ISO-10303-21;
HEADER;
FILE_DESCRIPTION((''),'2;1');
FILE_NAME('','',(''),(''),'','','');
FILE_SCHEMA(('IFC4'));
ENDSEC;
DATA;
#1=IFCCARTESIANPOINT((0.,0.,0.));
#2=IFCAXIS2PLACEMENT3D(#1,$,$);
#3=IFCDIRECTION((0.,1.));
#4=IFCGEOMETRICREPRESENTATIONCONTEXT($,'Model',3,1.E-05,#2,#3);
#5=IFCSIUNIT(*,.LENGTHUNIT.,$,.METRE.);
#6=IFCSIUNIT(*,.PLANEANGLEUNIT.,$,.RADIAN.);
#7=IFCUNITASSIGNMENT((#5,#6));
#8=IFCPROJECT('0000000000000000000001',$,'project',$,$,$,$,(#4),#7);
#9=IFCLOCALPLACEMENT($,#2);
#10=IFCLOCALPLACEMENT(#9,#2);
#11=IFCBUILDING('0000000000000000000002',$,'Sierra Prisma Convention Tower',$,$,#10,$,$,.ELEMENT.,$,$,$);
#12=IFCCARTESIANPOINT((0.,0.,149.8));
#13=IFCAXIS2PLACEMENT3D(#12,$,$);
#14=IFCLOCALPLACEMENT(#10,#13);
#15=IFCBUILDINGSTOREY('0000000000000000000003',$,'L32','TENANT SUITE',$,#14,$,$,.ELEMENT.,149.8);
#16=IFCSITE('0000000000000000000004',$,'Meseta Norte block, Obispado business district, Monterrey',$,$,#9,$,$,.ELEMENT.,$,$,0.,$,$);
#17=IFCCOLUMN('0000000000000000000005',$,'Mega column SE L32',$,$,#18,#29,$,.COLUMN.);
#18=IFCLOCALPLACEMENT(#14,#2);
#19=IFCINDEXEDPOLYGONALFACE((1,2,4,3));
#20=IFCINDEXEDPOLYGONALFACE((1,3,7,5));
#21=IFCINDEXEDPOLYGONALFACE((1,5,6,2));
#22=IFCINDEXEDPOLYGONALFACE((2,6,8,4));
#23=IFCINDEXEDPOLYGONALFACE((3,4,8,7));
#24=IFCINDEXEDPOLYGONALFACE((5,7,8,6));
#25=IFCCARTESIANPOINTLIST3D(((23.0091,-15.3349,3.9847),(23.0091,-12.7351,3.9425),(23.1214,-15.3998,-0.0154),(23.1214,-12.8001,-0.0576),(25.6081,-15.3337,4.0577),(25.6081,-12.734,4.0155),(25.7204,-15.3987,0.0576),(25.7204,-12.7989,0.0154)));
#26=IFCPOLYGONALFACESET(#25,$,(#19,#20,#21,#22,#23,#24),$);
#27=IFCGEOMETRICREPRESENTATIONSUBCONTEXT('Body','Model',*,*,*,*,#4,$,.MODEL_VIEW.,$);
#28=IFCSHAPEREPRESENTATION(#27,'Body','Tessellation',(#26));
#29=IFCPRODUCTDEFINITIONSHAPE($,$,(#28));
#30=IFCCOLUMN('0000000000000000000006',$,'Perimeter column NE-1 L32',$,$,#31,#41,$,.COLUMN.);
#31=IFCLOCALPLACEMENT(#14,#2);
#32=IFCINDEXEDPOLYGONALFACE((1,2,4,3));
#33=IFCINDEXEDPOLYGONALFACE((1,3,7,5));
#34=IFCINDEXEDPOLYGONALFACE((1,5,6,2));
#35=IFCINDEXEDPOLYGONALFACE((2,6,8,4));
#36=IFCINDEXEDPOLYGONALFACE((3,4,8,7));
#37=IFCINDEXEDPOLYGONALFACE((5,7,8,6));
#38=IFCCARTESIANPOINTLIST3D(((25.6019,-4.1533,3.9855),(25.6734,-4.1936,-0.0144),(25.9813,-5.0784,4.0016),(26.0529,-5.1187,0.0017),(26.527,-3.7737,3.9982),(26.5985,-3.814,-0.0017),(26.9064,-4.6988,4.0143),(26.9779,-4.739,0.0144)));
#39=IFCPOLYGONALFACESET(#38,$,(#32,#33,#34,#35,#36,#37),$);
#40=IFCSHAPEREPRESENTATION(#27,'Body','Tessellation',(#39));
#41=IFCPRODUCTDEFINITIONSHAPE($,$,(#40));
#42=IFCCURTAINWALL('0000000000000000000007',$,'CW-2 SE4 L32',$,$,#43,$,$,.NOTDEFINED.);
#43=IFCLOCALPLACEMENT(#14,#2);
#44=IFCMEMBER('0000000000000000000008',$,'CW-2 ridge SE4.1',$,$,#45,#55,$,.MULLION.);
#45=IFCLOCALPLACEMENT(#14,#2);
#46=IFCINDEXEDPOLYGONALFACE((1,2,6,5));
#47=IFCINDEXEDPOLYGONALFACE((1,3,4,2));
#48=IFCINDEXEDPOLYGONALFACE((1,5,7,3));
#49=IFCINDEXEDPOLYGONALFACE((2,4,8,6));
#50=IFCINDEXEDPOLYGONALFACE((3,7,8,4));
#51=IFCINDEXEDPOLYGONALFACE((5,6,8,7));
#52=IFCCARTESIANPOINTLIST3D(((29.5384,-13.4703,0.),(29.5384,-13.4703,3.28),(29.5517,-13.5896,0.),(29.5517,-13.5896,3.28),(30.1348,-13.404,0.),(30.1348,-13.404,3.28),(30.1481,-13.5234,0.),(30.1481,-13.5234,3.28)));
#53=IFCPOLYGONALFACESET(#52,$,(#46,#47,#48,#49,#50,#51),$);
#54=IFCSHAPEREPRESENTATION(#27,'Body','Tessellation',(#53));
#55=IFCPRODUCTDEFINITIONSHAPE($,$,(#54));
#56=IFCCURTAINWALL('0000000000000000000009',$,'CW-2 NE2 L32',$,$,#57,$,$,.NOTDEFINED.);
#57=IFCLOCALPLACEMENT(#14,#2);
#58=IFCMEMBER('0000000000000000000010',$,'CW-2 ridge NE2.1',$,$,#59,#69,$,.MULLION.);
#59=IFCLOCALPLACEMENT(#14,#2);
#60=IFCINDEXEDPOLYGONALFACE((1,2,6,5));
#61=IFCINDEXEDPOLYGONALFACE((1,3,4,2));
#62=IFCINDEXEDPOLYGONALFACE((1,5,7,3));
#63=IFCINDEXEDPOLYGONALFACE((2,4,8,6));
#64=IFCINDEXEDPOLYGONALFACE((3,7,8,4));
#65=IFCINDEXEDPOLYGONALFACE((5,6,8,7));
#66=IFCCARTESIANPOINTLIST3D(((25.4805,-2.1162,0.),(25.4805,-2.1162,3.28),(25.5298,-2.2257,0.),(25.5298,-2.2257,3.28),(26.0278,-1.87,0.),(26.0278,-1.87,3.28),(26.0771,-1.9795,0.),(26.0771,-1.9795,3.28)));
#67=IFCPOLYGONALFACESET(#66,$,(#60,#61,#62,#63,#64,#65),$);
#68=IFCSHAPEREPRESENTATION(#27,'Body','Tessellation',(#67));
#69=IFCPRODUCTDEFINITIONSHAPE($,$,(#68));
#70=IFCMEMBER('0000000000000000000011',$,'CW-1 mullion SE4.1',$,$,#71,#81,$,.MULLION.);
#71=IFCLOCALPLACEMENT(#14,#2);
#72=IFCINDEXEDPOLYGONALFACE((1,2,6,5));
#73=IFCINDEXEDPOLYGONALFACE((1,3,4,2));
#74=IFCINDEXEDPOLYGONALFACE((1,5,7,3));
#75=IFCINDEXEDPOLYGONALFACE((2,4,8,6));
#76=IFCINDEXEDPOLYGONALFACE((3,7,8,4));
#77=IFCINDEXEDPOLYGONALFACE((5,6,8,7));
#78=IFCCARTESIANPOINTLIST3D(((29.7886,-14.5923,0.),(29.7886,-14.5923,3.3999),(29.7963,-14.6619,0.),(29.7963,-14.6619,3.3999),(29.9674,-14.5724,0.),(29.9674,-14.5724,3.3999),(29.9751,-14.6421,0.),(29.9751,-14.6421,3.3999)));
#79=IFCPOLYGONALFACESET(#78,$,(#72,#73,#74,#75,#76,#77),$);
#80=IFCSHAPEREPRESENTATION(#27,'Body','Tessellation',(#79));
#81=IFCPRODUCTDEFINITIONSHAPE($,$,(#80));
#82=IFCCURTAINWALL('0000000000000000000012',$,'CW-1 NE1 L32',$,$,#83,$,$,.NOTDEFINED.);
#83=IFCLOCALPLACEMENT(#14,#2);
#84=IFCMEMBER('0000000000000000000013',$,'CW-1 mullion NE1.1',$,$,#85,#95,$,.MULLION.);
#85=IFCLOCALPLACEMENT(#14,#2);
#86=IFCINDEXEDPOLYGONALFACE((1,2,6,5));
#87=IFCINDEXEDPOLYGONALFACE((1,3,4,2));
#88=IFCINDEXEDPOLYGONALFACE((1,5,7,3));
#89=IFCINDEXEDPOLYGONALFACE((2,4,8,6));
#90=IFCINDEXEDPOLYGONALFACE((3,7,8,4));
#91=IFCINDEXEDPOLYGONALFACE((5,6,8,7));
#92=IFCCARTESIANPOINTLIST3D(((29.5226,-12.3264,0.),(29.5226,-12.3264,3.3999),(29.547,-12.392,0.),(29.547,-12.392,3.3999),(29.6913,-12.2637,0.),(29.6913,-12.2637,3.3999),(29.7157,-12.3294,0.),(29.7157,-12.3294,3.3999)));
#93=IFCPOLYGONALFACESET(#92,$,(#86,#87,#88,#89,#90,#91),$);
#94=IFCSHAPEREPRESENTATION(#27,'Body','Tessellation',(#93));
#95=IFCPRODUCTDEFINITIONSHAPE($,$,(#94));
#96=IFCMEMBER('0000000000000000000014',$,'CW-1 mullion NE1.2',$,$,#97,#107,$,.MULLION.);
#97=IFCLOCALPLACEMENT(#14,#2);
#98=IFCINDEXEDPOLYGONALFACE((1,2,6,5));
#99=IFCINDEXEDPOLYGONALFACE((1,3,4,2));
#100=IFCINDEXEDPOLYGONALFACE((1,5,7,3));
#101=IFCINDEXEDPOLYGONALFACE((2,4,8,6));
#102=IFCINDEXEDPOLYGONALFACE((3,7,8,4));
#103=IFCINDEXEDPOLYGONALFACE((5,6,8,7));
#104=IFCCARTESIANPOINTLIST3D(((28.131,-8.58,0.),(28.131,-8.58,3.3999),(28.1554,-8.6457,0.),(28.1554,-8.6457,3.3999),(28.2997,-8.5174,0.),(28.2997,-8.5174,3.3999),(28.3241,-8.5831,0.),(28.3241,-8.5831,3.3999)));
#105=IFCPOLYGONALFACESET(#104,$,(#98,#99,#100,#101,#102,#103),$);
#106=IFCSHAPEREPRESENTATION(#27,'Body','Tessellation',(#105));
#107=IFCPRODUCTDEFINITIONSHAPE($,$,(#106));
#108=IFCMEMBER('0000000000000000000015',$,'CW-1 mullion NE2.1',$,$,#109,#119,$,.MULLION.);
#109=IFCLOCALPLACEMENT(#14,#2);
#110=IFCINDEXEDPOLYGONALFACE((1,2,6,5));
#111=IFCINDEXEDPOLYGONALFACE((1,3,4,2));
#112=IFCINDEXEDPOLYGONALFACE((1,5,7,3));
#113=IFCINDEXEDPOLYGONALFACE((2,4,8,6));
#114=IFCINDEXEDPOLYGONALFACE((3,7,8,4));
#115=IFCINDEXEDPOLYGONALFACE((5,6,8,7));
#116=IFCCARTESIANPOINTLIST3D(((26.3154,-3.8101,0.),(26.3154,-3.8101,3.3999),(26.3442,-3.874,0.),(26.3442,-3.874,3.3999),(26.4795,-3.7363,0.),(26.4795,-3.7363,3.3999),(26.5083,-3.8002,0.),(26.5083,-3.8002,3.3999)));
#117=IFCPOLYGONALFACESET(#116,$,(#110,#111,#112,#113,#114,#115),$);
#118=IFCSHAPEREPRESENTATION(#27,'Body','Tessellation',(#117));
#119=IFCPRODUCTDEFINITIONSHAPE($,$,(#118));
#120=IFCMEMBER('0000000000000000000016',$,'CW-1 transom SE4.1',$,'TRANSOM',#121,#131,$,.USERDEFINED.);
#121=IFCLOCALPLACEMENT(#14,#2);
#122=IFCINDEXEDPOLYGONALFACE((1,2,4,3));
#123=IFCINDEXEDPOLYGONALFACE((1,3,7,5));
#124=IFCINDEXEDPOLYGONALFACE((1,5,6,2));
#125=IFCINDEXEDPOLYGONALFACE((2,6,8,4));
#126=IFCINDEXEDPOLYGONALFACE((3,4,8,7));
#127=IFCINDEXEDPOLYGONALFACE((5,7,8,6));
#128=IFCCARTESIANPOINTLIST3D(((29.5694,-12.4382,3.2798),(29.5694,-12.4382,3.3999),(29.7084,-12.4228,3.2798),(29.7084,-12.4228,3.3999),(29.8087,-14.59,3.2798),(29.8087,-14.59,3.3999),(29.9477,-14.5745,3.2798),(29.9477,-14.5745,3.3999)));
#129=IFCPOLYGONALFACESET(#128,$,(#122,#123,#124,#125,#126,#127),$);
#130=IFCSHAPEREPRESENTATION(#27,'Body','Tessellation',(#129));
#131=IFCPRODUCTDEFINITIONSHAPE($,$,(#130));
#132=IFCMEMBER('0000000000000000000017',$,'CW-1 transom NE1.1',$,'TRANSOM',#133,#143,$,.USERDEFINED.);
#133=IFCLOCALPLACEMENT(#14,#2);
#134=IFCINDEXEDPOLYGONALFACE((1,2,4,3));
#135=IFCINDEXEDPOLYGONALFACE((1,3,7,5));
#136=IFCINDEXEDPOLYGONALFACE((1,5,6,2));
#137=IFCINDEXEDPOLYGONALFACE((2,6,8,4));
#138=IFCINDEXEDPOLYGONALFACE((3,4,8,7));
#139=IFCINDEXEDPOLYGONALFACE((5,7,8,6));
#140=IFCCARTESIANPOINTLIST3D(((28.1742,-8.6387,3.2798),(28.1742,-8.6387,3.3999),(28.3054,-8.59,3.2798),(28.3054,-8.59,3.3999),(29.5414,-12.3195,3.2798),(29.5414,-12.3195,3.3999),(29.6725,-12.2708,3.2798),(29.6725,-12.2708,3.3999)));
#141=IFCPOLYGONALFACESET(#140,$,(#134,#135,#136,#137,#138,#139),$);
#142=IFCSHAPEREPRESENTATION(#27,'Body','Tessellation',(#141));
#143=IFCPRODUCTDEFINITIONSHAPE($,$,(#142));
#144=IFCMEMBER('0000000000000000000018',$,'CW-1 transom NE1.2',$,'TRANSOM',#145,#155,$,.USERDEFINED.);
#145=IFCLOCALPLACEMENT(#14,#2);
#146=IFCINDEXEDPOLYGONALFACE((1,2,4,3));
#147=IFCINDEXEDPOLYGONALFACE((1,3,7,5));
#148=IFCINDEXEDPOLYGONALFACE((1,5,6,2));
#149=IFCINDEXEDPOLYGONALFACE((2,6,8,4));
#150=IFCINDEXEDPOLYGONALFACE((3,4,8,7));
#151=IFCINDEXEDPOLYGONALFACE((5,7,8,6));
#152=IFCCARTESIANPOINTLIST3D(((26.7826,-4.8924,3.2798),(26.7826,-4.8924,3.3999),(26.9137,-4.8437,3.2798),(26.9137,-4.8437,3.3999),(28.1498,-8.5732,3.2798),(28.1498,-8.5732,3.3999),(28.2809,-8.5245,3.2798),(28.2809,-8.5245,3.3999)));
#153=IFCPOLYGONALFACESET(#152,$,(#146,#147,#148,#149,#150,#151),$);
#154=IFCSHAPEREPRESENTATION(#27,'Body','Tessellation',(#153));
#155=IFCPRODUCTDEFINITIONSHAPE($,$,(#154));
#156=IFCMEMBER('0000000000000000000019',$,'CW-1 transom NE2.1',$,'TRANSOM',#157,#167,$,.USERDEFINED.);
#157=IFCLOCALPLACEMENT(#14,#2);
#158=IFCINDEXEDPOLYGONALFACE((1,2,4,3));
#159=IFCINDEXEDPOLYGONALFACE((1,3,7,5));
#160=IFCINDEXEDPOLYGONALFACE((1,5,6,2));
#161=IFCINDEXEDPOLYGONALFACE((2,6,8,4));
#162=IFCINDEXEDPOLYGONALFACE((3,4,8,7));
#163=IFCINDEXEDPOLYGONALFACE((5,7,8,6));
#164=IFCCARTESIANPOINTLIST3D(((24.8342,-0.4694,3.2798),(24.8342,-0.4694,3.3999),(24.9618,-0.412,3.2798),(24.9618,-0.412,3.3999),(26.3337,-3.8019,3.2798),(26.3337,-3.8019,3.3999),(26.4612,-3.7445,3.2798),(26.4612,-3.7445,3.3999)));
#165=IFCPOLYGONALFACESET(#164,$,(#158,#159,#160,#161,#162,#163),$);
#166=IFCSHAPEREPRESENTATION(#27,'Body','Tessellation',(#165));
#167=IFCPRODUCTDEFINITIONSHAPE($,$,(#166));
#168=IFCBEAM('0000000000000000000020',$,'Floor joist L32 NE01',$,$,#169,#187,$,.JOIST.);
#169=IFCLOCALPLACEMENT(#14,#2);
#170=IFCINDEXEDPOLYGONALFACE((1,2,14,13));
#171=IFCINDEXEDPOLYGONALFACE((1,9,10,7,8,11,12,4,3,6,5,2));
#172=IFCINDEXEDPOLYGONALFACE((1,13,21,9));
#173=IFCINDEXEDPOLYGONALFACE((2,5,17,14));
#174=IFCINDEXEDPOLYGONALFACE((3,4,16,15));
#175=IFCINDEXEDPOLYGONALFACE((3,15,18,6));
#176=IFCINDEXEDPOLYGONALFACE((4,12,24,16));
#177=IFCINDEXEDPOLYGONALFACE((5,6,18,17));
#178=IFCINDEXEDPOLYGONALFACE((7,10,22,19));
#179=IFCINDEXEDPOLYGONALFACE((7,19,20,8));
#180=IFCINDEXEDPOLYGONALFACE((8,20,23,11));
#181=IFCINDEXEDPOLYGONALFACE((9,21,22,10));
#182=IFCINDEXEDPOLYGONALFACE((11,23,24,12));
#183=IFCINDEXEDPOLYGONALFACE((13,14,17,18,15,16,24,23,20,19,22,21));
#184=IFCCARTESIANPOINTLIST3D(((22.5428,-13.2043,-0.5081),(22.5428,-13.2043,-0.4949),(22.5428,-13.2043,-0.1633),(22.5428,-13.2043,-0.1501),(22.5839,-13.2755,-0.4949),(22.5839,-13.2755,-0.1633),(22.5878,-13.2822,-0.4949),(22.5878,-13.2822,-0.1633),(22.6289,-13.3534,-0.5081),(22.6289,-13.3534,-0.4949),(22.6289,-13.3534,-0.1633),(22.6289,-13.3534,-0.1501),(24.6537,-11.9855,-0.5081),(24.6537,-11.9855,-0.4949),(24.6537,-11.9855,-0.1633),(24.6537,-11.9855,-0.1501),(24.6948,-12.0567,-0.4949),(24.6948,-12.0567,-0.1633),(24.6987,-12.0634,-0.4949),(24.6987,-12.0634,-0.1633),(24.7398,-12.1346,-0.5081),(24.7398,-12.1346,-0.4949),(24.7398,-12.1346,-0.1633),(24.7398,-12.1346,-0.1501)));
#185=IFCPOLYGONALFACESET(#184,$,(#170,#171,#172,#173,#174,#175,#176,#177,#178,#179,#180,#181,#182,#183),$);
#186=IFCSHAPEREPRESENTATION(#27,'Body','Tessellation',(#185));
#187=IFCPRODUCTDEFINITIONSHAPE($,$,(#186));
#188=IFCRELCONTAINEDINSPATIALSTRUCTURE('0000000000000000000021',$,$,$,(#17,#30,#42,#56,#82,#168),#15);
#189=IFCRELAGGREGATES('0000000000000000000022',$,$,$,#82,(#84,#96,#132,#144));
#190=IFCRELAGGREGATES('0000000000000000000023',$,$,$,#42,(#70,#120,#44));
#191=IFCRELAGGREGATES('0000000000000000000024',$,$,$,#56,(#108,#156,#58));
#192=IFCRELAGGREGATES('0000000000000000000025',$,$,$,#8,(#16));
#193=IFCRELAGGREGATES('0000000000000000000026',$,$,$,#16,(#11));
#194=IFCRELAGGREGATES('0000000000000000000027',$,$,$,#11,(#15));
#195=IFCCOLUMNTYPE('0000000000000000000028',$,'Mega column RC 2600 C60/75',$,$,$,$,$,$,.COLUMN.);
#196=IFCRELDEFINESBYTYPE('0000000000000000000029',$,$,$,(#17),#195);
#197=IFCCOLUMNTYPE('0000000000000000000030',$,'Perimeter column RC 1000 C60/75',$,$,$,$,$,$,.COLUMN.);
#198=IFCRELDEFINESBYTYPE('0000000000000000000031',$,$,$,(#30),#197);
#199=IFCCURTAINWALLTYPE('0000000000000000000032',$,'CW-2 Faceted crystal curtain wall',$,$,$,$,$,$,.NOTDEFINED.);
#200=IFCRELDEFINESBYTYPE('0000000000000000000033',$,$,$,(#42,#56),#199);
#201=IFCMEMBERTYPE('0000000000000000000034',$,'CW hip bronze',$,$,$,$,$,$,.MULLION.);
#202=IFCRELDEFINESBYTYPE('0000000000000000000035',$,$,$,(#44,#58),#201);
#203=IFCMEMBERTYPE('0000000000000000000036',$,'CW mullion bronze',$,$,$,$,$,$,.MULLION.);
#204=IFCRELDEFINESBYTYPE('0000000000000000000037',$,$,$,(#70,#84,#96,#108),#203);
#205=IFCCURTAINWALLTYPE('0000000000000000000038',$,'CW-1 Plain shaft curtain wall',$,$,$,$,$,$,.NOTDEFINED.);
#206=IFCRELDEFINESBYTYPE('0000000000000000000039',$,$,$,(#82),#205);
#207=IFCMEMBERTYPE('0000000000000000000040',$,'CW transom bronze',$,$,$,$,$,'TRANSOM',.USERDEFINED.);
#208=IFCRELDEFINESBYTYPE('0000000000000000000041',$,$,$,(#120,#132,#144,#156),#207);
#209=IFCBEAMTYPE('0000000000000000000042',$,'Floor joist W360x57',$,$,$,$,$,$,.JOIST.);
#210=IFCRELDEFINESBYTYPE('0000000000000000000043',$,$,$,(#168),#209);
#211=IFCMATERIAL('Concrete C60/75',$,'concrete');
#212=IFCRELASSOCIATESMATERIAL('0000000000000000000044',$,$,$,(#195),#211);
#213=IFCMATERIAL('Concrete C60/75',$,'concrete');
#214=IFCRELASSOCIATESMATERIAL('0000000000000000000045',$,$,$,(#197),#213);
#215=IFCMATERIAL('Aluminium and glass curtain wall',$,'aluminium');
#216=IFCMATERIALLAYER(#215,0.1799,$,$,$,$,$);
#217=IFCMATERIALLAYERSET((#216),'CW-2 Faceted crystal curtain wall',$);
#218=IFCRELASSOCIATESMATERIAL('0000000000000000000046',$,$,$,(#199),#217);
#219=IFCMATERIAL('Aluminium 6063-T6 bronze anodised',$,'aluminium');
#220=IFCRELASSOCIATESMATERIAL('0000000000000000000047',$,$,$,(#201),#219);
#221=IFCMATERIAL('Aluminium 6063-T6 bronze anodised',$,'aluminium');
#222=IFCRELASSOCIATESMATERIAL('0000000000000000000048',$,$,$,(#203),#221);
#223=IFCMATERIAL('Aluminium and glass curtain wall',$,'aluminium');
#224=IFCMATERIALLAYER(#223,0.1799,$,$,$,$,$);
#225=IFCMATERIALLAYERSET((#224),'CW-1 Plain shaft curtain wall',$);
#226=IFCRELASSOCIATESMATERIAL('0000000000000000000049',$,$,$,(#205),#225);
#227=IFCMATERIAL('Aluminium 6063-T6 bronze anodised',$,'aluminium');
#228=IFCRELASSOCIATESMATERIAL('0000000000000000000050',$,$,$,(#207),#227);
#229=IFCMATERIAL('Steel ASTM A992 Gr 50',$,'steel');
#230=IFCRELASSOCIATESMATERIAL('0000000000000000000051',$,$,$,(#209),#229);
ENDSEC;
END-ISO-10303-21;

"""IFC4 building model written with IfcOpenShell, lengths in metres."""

from ifc_helpers import new_model, si_unit, direction, frame, origin, origin_2d, place, context, subcontext, project, spatial, rectangle, i_section, extrude, material, layer, layer_set, material_profile, profile_set, type_object, element, aggregate, save


model = new_model("IFC4")

# Units and contexts
model_context = context("Model", 3, precision=1e-05, world=origin(), true_north=direction((0.0, 1.0)))
body_context = subcontext(model_context, "Body", "Model", "MODEL_VIEW")
ifc_project = project(units=[si_unit("LENGTHUNIT", "METRE"), si_unit("PLANEANGLEUNIT", "RADIAN")], contexts=[model_context])

# Site, building, storey
site_placement = place(None, origin())
site = spatial("IfcSite", under=ifc_project, at=site_placement, Name="Meseta Norte block, Obispado business district, Monterrey", CompositionType="ELEMENT", RefElevation=0.0)
building_placement = place(site_placement, origin())
building = spatial("IfcBuilding", under=site, at=building_placement, Name="Sierra Prisma Convention Tower", CompositionType="ELEMENT")
storey_placement = place(building_placement, frame((0.0, 0.0, 149.8)))
storey = spatial("IfcBuildingStorey", under=building, at=storey_placement, Name="L32", Description="TENANT SUITE", CompositionType="ELEMENT", Elevation=149.8)

# Columns
ifc_material_1 = material(Name="Concrete C60/75", Category="concrete")
ifc_material_profile_1 = material_profile(ifc_material_1, rectangle(XDim=2.6001, YDim=2.6001, at=origin_2d()), Name="Mega column RC 2600 C60/75")
ifc_profile_set_1 = profile_set([ifc_material_profile_1], Name="Concrete C60/75")
column_type_1 = type_object("IfcColumnType", Name="Mega column RC 2600 C60/75", PredefinedType="COLUMN", material=ifc_profile_set_1)
column_1_placement = place(storey_placement, frame((24.4209, -14.0994, 0.0), z_axis=(-0.028061, 0.016227, 0.999474), x_axis=(0.999606, 0.000456, 0.028058)))
element("IfcColumn", 1, at=column_1_placement, inside=storey, type_object=column_type_1, Name="Mega column SE L32", PredefinedType="COLUMN", context=body_context, shape_type="SweptSolid", body=[
    extrude(rectangle(XDim=2.6001, YDim=2.6001, at=origin_2d()), origin(), (0.0, 0.0, 1.0), 4.0022),
])
ifc_material_2 = material(Name="Concrete C60/75", Category="concrete")
ifc_material_profile_2 = material_profile(ifc_material_2, rectangle(XDim=1.0, YDim=1.0, at=origin_2d()), Name="Perimeter column RC 1000 C60/75")
ifc_profile_set_2 = profile_set([ifc_material_profile_2], Name="Concrete C60/75")
column_type_2 = type_object("IfcColumnType", Name="Perimeter column RC 1000 C60/75", PredefinedType="COLUMN", material=ifc_profile_set_2)
column_2_placement = place(storey_placement, frame((26.3257, -4.4663, 0.0), z_axis=(-0.01788, 0.010069, 0.999789), x_axis=(-0.379426, 0.925082, -0.016102)))
element("IfcColumn", 2, at=column_2_placement, inside=storey, type_object=column_type_2, Name="Perimeter column NE-1 L32", PredefinedType="COLUMN", context=body_context, shape_type="SweptSolid", body=[
    extrude(rectangle(XDim=1.0, YDim=1.0, at=origin_2d()), origin(), (0.0, 0.0, 1.0), 4.0007),
])

# Curtain walls, members
ifc_material_3 = material(Name="Aluminium and glass curtain wall", Category="aluminium")
ifc_layer_1 = layer(ifc_material_3, 0.1799)
ifc_layer_set_1 = layer_set([ifc_layer_1], Name="CW-2 Faceted crystal curtain wall")
curtain_wall_type_1 = type_object("IfcCurtainWallType", Name="CW-2 Faceted crystal curtain wall", PredefinedType="NOTDEFINED", material=ifc_layer_set_1)
curtain_wall_1_placement = place(storey_placement, origin())
curtain_wall_1 = element("IfcCurtainWall", 3, at=curtain_wall_1_placement, inside=storey, type_object=curtain_wall_type_1, Name="CW-2 SE4 L32", PredefinedType="NOTDEFINED")
ifc_material_4 = material(Name="Aluminium 6063-T6 bronze anodised", Category="aluminium")
ifc_material_profile_3 = material_profile(ifc_material_4, rectangle(XDim=0.1201, YDim=0.6001, at=origin_2d()), Name="ALU RIDGE BLADE 120x600")
ifc_profile_set_3 = profile_set([ifc_material_profile_3], Name="Aluminium 6063-T6 bronze anodised")
member_type_1 = type_object("IfcMemberType", Name="CW hip bronze", PredefinedType="MULLION", material=ifc_profile_set_3)
member_1_placement = place(storey_placement, frame((29.8433, -13.4968, 0.0), z_axis=(0.0, 0.0, 1.0), x_axis=(-0.110422, 0.993885, 0.0)))
member_1 = element("IfcMember", 4, at=member_1_placement, type_object=member_type_1, Name="CW-2 ridge SE4.1", PredefinedType="MULLION", context=body_context, shape_type="SweptSolid", body=[
    extrude(rectangle(XDim=0.1201, YDim=0.6001, at=origin_2d()), origin(), (0.0, 0.0, 1.0), 3.28),
])
curtain_wall_2_placement = place(storey_placement, origin())
curtain_wall_2 = element("IfcCurtainWall", 5, at=curtain_wall_2_placement, inside=storey, type_object=curtain_wall_type_1, Name="CW-2 NE2 L32", PredefinedType="NOTDEFINED")
member_2_placement = place(storey_placement, frame((25.7788, -2.0479, 0.0), z_axis=(0.0, 0.0, 1.0), x_axis=(-0.410344, 0.911931, 0.0)))
member_2 = element("IfcMember", 6, at=member_2_placement, type_object=member_type_1, Name="CW-2 ridge NE2.1", PredefinedType="MULLION", context=body_context, shape_type="SweptSolid", body=[
    extrude(rectangle(XDim=0.1201, YDim=0.6001, at=origin_2d()), origin(), (0.0, 0.0, 1.0), 3.28),
])

# Member
ifc_material_5 = material(Name="Aluminium 6063-T6 bronze anodised", Category="aluminium")
ifc_material_profile_4 = material_profile(ifc_material_5, rectangle(XDim=0.1799, YDim=0.0701, at=origin_2d()), Name="ALU MULLION 70x180")
ifc_profile_set_4 = profile_set([ifc_material_profile_4], Name="Aluminium 6063-T6 bronze anodised")
member_type_2 = type_object("IfcMemberType", Name="CW mullion bronze", PredefinedType="MULLION", material=ifc_profile_set_4)
member_3_placement = place(storey_placement, frame((29.8818, -14.6172, 0.0), z_axis=(0.0, 0.0, 1.0), x_axis=(-0.993885, -0.110422, 0.0)))
member_3 = element("IfcMember", 7, at=member_3_placement, type_object=member_type_2, Name="CW-1 mullion SE4.1", PredefinedType="MULLION", context=body_context, shape_type="SweptSolid", body=[
    extrude(rectangle(XDim=0.1799, YDim=0.0701, at=origin_2d()), origin(), (0.0, 0.0, 1.0), 3.3999),
])

# Curtain wall, members
ifc_material_6 = material(Name="Aluminium and glass curtain wall", Category="aluminium")
ifc_layer_2 = layer(ifc_material_6, 0.1799)
ifc_layer_set_2 = layer_set([ifc_layer_2], Name="CW-1 Plain shaft curtain wall")
curtain_wall_type_2 = type_object("IfcCurtainWallType", Name="CW-1 Plain shaft curtain wall", PredefinedType="NOTDEFINED", material=ifc_layer_set_2)
curtain_wall_3_placement = place(storey_placement, origin())
curtain_wall_3 = element("IfcCurtainWall", 8, at=curtain_wall_3_placement, inside=storey, type_object=curtain_wall_type_2, Name="CW-1 NE1 L32", PredefinedType="NOTDEFINED")
member_4_placement = place(storey_placement, frame((29.6191, -12.3279, 0.0), z_axis=(0.0, 0.0, 1.0), x_axis=(-0.93742, -0.348202, 0.0)))
member_4 = element("IfcMember", 9, at=member_4_placement, type_object=member_type_2, Name="CW-1 mullion NE1.1", PredefinedType="MULLION", context=body_context, shape_type="SweptSolid", body=[
    extrude(rectangle(XDim=0.1799, YDim=0.0701, at=origin_2d()), origin(), (0.0, 0.0, 1.0), 3.3999),
])
member_5_placement = place(storey_placement, frame((28.2275, -8.5815, 0.0), z_axis=(0.0, 0.0, 1.0), x_axis=(-0.93742, -0.348202, 0.0)))
member_5 = element("IfcMember", 10, at=member_5_placement, type_object=member_type_2, Name="CW-1 mullion NE1.2", PredefinedType="MULLION", context=body_context, shape_type="SweptSolid", body=[
    extrude(rectangle(XDim=0.1799, YDim=0.0701, at=origin_2d()), origin(), (0.0, 0.0, 1.0), 3.3999),
])

# Members
member_6_placement = place(storey_placement, frame((26.4119, -3.8052, 0.0), z_axis=(0.0, 0.0, 1.0), x_axis=(-0.911931, -0.410344, 0.0)))
member_6 = element("IfcMember", 11, at=member_6_placement, type_object=member_type_2, Name="CW-1 mullion NE2.1", PredefinedType="MULLION", context=body_context, shape_type="SweptSolid", body=[
    extrude(rectangle(XDim=0.1799, YDim=0.0701, at=origin_2d()), origin(), (0.0, 0.0, 1.0), 3.3999),
])
ifc_material_7 = material(Name="Aluminium 6063-T6 bronze anodised", Category="aluminium")
ifc_material_profile_5 = material_profile(ifc_material_7, rectangle(XDim=0.1399, YDim=0.1201, at=origin_2d()), Name="ALU TRANSOM 120x140")
ifc_profile_set_5 = profile_set([ifc_material_profile_5], Name="Aluminium 6063-T6 bronze anodised")
member_type_3 = type_object("IfcMemberType", Name="CW transom bronze", ElementType="TRANSOM", PredefinedType="USERDEFINED", material=ifc_profile_set_5)
member_7_placement = place(storey_placement, frame((29.8782, -14.5823, 3.3398), z_axis=(-0.110506, 0.993875, 0.0), x_axis=(-0.993875, -0.110506, 0.0)))
member_7 = element("IfcMember", 12, at=member_7_placement, type_object=member_type_3, Name="CW-1 transom SE4.1", ObjectType="TRANSOM", PredefinedType="USERDEFINED", context=body_context, shape_type="SweptSolid", body=[
    extrude(rectangle(XDim=0.1399, YDim=0.1201, at=origin_2d()), origin(), (0.0, 0.0, 1.0), 2.165),
])
member_8_placement = place(storey_placement, frame((29.6069, -12.2952, 3.3398), z_axis=(-0.348185, 0.937426, 0.0), x_axis=(-0.937426, -0.348185, 0.0)))
member_8 = element("IfcMember", 13, at=member_8_placement, type_object=member_type_3, Name="CW-1 transom NE1.1", ObjectType="TRANSOM", PredefinedType="USERDEFINED", context=body_context, shape_type="SweptSolid", body=[
    extrude(rectangle(XDim=0.1399, YDim=0.1201, at=origin_2d()), origin(), (0.0, 0.0, 1.0), 3.9265),
])
member_9_placement = place(storey_placement, frame((28.2153, -8.5488, 3.3398), z_axis=(-0.348185, 0.937426, 0.0), x_axis=(-0.937426, -0.348185, 0.0)))
member_9 = element("IfcMember", 14, at=member_9_placement, type_object=member_type_3, Name="CW-1 transom NE1.2", ObjectType="TRANSOM", PredefinedType="USERDEFINED", context=body_context, shape_type="SweptSolid", body=[
    extrude(rectangle(XDim=0.1399, YDim=0.1201, at=origin_2d()), origin(), (0.0, 0.0, 1.0), 3.9265),
])
member_10_placement = place(storey_placement, frame((26.3975, -3.7732, 3.3398), z_axis=(-0.410337, 0.911934, 0.0), x_axis=(-0.911934, -0.410337, 0.0)))
member_10 = element("IfcMember", 15, at=member_10_placement, type_object=member_type_3, Name="CW-1 transom NE2.1", ObjectType="TRANSOM", PredefinedType="USERDEFINED", context=body_context, shape_type="SweptSolid", body=[
    extrude(rectangle(XDim=0.1399, YDim=0.1201, at=origin_2d()), origin(), (0.0, 0.0, 1.0), 3.6543),
])

# Beam
ifc_material_8 = material(Name="Steel ASTM A992 Gr 50", Category="steel")
ifc_material_profile_6 = material_profile(ifc_material_8, i_section(OverallWidth=0.1721, OverallDepth=0.3579, WebThickness=0.0078, FlangeThickness=0.0132, at=origin_2d()), Name="W360x57")
ifc_profile_set_6 = profile_set([ifc_material_profile_6], Name="Steel ASTM A992 Gr 50")
beam_type_1 = type_object("IfcBeamType", Name="Floor joist W360x57", PredefinedType="JOIST", material=ifc_profile_set_6)
beam_1_placement = place(storey_placement, frame((24.6968, -12.0601, -0.3291), z_axis=(-0.866015, -0.500017, 0.0), x_axis=(0.500017, -0.866015, 0.0)))
element("IfcBeam", 16, at=beam_1_placement, inside=storey, type_object=beam_type_1, Name="Floor joist L32 NE01", PredefinedType="JOIST", context=body_context, shape_type="SweptSolid", body=[
    extrude(i_section(OverallWidth=0.1721, OverallDepth=0.3579, WebThickness=0.0078, FlangeThickness=0.0132, at=origin_2d()), origin(), (0.0, 0.0, 1.0), 2.4375),
])

aggregate(curtain_wall_3, [member_4, member_5, member_8, member_9])

aggregate(curtain_wall_1, [member_3, member_7, member_1])
aggregate(curtain_wall_2, [member_6, member_10, member_2])

save(model, "model.ifc")
